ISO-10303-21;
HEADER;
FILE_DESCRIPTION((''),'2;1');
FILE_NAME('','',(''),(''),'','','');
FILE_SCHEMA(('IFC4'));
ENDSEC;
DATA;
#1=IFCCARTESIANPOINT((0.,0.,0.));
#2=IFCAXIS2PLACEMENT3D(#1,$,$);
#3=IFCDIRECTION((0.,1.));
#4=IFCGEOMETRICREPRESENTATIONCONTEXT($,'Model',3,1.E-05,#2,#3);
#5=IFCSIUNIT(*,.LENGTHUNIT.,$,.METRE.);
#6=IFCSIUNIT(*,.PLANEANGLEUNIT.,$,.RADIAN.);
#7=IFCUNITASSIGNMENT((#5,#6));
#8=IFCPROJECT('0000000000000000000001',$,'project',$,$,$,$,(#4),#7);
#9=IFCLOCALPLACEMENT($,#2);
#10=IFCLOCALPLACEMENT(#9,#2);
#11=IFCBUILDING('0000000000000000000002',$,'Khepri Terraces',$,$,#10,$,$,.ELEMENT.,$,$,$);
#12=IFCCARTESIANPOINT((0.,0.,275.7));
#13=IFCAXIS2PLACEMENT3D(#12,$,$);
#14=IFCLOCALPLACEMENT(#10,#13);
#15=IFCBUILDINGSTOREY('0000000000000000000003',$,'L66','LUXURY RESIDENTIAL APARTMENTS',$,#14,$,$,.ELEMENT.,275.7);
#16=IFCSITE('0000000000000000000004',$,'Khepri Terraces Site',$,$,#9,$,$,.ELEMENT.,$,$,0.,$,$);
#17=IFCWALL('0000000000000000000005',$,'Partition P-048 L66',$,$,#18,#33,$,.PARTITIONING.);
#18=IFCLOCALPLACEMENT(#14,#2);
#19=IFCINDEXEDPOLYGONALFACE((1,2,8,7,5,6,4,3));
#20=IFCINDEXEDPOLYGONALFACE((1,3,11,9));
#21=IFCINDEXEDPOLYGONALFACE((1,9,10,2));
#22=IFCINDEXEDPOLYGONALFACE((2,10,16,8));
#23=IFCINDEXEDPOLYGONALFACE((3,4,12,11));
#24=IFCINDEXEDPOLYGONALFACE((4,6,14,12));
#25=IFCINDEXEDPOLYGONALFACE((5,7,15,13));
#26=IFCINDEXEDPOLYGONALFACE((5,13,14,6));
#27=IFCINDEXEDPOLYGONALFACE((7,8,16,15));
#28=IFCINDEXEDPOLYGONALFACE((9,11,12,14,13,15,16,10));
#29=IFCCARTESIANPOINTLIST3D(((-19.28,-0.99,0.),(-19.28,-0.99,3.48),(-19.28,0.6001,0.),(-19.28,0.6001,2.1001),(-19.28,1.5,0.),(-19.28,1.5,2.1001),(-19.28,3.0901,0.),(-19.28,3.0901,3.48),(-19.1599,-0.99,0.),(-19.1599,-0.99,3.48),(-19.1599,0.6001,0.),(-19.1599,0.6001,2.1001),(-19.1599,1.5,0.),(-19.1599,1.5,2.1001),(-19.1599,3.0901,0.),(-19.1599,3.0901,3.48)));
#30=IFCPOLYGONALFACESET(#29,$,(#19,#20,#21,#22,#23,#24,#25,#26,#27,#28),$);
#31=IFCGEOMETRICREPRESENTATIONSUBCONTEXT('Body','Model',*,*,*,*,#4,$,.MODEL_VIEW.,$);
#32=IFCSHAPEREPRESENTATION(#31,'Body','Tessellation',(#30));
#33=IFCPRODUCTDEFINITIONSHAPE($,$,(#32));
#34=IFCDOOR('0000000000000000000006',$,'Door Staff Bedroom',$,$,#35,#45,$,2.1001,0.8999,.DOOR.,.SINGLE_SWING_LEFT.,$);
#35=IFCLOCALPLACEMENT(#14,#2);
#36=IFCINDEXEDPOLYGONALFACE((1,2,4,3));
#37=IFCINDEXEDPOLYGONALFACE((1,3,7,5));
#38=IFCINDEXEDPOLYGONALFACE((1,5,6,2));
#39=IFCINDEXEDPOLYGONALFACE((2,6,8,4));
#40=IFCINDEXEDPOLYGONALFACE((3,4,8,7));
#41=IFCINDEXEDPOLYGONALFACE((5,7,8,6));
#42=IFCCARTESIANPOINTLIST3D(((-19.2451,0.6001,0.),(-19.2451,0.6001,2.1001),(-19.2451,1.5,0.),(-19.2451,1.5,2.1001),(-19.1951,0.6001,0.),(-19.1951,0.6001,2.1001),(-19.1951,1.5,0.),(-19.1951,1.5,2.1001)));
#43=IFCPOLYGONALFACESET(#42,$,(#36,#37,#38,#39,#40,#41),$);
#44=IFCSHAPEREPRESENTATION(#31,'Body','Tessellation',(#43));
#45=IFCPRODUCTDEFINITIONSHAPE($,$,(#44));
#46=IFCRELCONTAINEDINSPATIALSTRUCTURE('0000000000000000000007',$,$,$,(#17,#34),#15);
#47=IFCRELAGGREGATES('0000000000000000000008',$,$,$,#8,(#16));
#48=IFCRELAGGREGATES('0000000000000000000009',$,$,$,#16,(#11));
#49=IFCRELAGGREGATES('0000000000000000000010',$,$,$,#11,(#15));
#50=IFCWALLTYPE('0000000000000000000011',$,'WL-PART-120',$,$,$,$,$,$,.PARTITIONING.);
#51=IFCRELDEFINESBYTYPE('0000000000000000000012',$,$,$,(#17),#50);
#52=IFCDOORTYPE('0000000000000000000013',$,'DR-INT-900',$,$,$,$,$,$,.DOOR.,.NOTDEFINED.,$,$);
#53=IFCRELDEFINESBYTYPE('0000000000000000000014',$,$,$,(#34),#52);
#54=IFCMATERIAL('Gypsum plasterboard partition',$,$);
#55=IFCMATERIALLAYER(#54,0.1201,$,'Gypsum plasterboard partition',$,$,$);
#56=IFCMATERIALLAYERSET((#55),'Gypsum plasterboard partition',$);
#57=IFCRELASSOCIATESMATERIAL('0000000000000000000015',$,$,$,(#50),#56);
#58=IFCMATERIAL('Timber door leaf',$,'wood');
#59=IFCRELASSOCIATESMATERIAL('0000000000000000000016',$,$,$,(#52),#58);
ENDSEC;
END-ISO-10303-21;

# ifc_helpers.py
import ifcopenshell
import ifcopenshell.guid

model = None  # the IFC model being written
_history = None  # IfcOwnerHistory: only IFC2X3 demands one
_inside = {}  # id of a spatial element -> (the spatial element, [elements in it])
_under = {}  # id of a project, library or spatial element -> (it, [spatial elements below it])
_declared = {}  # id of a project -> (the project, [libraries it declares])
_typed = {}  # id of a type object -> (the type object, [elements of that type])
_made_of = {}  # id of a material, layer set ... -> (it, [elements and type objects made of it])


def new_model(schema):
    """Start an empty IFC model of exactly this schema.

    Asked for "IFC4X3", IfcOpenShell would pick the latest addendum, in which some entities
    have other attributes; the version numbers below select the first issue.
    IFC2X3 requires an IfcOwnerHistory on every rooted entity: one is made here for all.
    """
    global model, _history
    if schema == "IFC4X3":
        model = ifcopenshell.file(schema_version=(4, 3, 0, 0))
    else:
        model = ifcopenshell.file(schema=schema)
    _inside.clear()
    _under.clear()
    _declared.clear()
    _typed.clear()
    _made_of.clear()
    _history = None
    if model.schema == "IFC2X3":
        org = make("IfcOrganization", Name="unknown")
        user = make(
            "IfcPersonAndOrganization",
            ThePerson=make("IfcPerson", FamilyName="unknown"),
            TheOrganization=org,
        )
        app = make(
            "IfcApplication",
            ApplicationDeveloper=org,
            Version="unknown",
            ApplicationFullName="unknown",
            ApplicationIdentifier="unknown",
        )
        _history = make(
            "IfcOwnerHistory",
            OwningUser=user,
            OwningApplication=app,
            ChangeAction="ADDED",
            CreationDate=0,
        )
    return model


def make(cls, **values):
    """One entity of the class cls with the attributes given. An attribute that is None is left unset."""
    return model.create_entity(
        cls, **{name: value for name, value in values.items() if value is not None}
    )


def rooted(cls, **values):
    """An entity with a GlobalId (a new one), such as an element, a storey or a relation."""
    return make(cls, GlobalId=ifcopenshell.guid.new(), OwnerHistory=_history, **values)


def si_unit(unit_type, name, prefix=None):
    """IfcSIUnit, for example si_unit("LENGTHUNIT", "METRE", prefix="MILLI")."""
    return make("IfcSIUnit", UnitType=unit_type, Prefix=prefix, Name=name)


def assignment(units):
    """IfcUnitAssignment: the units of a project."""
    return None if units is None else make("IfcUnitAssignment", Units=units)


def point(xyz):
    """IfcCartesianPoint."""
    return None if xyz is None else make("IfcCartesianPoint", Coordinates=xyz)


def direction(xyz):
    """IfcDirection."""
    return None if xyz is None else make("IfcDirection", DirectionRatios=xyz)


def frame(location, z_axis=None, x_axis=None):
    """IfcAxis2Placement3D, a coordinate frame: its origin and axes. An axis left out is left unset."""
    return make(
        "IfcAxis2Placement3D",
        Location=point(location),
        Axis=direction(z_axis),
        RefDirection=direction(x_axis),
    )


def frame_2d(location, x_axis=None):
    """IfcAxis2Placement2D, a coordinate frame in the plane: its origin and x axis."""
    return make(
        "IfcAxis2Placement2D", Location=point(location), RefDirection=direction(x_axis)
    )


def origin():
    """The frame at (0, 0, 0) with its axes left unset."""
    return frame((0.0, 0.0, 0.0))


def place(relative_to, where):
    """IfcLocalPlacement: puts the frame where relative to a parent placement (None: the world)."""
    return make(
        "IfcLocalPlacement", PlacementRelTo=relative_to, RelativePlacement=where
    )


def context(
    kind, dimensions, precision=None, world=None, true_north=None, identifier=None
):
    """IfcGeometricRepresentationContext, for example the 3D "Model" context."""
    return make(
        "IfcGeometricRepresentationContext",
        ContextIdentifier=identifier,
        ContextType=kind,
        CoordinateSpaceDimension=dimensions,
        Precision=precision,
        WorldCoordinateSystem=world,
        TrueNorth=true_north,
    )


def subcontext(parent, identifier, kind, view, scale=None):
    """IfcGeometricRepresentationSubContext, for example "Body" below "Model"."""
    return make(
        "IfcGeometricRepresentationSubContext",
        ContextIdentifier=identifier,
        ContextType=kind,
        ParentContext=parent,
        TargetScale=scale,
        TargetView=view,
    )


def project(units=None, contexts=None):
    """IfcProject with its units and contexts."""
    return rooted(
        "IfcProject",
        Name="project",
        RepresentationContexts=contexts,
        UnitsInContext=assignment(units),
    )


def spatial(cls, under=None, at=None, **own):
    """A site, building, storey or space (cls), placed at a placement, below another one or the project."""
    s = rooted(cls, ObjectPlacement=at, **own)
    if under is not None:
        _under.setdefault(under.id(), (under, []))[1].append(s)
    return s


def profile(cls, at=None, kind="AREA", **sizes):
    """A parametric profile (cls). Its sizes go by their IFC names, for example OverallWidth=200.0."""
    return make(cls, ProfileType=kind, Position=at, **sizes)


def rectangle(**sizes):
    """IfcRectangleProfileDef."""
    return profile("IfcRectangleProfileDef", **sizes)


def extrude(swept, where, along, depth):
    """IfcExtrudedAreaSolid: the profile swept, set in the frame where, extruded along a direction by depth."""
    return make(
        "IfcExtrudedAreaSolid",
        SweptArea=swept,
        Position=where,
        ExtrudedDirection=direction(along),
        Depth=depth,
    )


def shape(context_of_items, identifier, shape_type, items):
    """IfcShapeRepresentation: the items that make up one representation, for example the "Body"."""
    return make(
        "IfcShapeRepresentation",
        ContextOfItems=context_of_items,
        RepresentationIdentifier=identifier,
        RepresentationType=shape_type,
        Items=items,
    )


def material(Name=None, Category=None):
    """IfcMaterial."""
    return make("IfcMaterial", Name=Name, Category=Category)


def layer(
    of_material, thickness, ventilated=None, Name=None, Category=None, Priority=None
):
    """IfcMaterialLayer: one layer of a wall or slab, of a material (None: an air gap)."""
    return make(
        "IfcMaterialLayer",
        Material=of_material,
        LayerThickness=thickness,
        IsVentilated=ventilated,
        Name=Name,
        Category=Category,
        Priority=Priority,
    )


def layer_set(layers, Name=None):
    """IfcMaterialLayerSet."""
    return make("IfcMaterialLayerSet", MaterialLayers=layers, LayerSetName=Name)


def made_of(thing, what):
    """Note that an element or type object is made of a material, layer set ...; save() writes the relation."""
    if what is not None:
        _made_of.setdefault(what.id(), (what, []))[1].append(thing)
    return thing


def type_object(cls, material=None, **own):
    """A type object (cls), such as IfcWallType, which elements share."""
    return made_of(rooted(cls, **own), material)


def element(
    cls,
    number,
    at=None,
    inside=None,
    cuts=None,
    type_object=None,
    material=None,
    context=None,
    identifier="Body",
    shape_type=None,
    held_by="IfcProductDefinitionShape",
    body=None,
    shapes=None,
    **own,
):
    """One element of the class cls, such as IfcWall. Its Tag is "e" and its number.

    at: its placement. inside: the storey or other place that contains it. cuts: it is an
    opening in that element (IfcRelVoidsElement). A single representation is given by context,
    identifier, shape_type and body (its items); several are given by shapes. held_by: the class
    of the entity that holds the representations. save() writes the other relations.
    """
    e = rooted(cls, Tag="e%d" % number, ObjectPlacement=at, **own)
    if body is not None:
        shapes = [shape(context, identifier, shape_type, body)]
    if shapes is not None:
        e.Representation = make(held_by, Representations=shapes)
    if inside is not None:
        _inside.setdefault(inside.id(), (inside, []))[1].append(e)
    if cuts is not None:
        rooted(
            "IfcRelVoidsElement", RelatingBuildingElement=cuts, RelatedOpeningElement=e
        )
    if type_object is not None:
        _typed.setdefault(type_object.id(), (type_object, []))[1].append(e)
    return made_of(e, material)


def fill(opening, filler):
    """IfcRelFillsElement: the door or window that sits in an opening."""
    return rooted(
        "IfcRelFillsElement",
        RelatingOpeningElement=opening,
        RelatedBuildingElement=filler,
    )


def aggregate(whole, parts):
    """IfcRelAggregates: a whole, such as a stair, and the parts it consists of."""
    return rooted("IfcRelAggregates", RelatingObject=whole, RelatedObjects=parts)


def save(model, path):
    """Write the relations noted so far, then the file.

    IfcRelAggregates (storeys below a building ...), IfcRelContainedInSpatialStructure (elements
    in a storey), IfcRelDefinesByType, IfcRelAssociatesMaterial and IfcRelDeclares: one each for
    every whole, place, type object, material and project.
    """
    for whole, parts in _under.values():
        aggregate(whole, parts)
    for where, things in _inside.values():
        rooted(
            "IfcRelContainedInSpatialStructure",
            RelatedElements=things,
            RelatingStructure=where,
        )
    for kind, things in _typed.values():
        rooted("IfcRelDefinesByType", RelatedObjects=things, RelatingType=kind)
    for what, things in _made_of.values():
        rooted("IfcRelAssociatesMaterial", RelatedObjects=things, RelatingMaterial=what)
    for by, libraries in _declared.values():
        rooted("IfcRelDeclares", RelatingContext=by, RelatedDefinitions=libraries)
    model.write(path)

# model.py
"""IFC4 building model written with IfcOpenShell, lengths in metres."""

from ifc_helpers import new_model, si_unit, direction, frame, frame_2d, origin, place, context, subcontext, project, spatial, rectangle, extrude, material, layer, layer_set, type_object, element, fill, save


model = new_model("IFC4")

# Units and contexts
model_context = context("Model", 3, precision=1e-05, world=origin(), true_north=direction((0.0, 1.0)))
body_context = subcontext(model_context, "Body", "Model", "MODEL_VIEW")
ifc_project = project(units=[si_unit("LENGTHUNIT", "METRE"), si_unit("PLANEANGLEUNIT", "RADIAN")], contexts=[model_context])

# Site, building, storey
site_placement = place(None, origin())
site = spatial("IfcSite", under=ifc_project, at=site_placement, Name="Khepri Terraces Site", CompositionType="ELEMENT", RefElevation=0.0)
building_placement = place(site_placement, origin())
building = spatial("IfcBuilding", under=site, at=building_placement, Name="Khepri Terraces", CompositionType="ELEMENT")
storey_placement = place(building_placement, frame((0.0, 0.0, 275.7)))
storey = spatial("IfcBuildingStorey", under=building, at=storey_placement, Name="L66", Description="LUXURY RESIDENTIAL APARTMENTS", CompositionType="ELEMENT", Elevation=275.7)

# Shared definitions
ifc_material_1 = material(Name="Gypsum plasterboard partition")
ifc_layer_1 = layer(ifc_material_1, 0.1201, Name="Gypsum plasterboard partition")
ifc_layer_set_1 = layer_set([ifc_layer_1], Name="Gypsum plasterboard partition")
wall_type_1 = type_object("IfcWallType", Name="WL-PART-120", PredefinedType="PARTITIONING", material=ifc_layer_set_1)

# Shared definitions
ifc_material_2 = material(Name="Timber door leaf", Category="wood")
door_type_1 = type_object("IfcDoorType", Name="DR-INT-900", OperationType="NOTDEFINED", PredefinedType="DOOR", material=ifc_material_2)

# Wall, opening, door
wall_1_placement = place(storey_placement, frame((-19.22, -0.99, 0.0), z_axis=(0.0, 0.0, 1.0), x_axis=(0.0, 1.0, 0.0)))
wall_1 = element("IfcWall", 1, at=wall_1_placement, inside=storey, type_object=wall_type_1, Name="Partition P-048 L66", PredefinedType="PARTITIONING", context=body_context, shape_type="SweptSolid", body=[
    extrude(rectangle(XDim=4.0801, YDim=0.1201, at=frame_2d((2.04, 0.0))), origin(), (0.0, 0.0, 1.0), 3.48),
])
opening_1_placement = place(wall_1_placement, frame((1.5901, 0.0, 0.0)))
opening_1 = element("IfcOpeningElement", 2, at=opening_1_placement, cuts=wall_1, PredefinedType="OPENING", context=body_context, shape_type="SweptSolid", body=[
    extrude(rectangle(XDim=0.8999, YDim=2.1001, at=frame_2d((0.45, 1.05))), frame((0.0, 0.0701, 0.0), z_axis=(0.0, -1.0, 0.0), x_axis=(1.0, 0.0, 0.0)), (0.0, 0.0, 1.0), 0.1401),
])
door_1_placement = place(opening_1_placement, frame((0.8999, 0.0, 0.0), z_axis=(0.0, 0.0, 1.0), x_axis=(-1.0, 0.0, 0.0)))
door_1 = element("IfcDoor", 3, at=door_1_placement, inside=storey, type_object=door_type_1, Name="Door Staff Bedroom", OperationType="SINGLE_SWING_LEFT", OverallHeight=2.1001, OverallWidth=0.8999, PredefinedType="DOOR", context=body_context, shape_type="SweptSolid", body=[
    extrude(rectangle(XDim=0.8999, YDim=2.1001, at=frame_2d((0.45, 1.05))), frame((0.0, 0.0249, 0.0), z_axis=(0.0, -1.0, 0.0), x_axis=(1.0, 0.0, 0.0)), (0.0, 0.0, 1.0), 0.05),
])
fill(opening_1, door_1)

save(model, "model.ifc")
